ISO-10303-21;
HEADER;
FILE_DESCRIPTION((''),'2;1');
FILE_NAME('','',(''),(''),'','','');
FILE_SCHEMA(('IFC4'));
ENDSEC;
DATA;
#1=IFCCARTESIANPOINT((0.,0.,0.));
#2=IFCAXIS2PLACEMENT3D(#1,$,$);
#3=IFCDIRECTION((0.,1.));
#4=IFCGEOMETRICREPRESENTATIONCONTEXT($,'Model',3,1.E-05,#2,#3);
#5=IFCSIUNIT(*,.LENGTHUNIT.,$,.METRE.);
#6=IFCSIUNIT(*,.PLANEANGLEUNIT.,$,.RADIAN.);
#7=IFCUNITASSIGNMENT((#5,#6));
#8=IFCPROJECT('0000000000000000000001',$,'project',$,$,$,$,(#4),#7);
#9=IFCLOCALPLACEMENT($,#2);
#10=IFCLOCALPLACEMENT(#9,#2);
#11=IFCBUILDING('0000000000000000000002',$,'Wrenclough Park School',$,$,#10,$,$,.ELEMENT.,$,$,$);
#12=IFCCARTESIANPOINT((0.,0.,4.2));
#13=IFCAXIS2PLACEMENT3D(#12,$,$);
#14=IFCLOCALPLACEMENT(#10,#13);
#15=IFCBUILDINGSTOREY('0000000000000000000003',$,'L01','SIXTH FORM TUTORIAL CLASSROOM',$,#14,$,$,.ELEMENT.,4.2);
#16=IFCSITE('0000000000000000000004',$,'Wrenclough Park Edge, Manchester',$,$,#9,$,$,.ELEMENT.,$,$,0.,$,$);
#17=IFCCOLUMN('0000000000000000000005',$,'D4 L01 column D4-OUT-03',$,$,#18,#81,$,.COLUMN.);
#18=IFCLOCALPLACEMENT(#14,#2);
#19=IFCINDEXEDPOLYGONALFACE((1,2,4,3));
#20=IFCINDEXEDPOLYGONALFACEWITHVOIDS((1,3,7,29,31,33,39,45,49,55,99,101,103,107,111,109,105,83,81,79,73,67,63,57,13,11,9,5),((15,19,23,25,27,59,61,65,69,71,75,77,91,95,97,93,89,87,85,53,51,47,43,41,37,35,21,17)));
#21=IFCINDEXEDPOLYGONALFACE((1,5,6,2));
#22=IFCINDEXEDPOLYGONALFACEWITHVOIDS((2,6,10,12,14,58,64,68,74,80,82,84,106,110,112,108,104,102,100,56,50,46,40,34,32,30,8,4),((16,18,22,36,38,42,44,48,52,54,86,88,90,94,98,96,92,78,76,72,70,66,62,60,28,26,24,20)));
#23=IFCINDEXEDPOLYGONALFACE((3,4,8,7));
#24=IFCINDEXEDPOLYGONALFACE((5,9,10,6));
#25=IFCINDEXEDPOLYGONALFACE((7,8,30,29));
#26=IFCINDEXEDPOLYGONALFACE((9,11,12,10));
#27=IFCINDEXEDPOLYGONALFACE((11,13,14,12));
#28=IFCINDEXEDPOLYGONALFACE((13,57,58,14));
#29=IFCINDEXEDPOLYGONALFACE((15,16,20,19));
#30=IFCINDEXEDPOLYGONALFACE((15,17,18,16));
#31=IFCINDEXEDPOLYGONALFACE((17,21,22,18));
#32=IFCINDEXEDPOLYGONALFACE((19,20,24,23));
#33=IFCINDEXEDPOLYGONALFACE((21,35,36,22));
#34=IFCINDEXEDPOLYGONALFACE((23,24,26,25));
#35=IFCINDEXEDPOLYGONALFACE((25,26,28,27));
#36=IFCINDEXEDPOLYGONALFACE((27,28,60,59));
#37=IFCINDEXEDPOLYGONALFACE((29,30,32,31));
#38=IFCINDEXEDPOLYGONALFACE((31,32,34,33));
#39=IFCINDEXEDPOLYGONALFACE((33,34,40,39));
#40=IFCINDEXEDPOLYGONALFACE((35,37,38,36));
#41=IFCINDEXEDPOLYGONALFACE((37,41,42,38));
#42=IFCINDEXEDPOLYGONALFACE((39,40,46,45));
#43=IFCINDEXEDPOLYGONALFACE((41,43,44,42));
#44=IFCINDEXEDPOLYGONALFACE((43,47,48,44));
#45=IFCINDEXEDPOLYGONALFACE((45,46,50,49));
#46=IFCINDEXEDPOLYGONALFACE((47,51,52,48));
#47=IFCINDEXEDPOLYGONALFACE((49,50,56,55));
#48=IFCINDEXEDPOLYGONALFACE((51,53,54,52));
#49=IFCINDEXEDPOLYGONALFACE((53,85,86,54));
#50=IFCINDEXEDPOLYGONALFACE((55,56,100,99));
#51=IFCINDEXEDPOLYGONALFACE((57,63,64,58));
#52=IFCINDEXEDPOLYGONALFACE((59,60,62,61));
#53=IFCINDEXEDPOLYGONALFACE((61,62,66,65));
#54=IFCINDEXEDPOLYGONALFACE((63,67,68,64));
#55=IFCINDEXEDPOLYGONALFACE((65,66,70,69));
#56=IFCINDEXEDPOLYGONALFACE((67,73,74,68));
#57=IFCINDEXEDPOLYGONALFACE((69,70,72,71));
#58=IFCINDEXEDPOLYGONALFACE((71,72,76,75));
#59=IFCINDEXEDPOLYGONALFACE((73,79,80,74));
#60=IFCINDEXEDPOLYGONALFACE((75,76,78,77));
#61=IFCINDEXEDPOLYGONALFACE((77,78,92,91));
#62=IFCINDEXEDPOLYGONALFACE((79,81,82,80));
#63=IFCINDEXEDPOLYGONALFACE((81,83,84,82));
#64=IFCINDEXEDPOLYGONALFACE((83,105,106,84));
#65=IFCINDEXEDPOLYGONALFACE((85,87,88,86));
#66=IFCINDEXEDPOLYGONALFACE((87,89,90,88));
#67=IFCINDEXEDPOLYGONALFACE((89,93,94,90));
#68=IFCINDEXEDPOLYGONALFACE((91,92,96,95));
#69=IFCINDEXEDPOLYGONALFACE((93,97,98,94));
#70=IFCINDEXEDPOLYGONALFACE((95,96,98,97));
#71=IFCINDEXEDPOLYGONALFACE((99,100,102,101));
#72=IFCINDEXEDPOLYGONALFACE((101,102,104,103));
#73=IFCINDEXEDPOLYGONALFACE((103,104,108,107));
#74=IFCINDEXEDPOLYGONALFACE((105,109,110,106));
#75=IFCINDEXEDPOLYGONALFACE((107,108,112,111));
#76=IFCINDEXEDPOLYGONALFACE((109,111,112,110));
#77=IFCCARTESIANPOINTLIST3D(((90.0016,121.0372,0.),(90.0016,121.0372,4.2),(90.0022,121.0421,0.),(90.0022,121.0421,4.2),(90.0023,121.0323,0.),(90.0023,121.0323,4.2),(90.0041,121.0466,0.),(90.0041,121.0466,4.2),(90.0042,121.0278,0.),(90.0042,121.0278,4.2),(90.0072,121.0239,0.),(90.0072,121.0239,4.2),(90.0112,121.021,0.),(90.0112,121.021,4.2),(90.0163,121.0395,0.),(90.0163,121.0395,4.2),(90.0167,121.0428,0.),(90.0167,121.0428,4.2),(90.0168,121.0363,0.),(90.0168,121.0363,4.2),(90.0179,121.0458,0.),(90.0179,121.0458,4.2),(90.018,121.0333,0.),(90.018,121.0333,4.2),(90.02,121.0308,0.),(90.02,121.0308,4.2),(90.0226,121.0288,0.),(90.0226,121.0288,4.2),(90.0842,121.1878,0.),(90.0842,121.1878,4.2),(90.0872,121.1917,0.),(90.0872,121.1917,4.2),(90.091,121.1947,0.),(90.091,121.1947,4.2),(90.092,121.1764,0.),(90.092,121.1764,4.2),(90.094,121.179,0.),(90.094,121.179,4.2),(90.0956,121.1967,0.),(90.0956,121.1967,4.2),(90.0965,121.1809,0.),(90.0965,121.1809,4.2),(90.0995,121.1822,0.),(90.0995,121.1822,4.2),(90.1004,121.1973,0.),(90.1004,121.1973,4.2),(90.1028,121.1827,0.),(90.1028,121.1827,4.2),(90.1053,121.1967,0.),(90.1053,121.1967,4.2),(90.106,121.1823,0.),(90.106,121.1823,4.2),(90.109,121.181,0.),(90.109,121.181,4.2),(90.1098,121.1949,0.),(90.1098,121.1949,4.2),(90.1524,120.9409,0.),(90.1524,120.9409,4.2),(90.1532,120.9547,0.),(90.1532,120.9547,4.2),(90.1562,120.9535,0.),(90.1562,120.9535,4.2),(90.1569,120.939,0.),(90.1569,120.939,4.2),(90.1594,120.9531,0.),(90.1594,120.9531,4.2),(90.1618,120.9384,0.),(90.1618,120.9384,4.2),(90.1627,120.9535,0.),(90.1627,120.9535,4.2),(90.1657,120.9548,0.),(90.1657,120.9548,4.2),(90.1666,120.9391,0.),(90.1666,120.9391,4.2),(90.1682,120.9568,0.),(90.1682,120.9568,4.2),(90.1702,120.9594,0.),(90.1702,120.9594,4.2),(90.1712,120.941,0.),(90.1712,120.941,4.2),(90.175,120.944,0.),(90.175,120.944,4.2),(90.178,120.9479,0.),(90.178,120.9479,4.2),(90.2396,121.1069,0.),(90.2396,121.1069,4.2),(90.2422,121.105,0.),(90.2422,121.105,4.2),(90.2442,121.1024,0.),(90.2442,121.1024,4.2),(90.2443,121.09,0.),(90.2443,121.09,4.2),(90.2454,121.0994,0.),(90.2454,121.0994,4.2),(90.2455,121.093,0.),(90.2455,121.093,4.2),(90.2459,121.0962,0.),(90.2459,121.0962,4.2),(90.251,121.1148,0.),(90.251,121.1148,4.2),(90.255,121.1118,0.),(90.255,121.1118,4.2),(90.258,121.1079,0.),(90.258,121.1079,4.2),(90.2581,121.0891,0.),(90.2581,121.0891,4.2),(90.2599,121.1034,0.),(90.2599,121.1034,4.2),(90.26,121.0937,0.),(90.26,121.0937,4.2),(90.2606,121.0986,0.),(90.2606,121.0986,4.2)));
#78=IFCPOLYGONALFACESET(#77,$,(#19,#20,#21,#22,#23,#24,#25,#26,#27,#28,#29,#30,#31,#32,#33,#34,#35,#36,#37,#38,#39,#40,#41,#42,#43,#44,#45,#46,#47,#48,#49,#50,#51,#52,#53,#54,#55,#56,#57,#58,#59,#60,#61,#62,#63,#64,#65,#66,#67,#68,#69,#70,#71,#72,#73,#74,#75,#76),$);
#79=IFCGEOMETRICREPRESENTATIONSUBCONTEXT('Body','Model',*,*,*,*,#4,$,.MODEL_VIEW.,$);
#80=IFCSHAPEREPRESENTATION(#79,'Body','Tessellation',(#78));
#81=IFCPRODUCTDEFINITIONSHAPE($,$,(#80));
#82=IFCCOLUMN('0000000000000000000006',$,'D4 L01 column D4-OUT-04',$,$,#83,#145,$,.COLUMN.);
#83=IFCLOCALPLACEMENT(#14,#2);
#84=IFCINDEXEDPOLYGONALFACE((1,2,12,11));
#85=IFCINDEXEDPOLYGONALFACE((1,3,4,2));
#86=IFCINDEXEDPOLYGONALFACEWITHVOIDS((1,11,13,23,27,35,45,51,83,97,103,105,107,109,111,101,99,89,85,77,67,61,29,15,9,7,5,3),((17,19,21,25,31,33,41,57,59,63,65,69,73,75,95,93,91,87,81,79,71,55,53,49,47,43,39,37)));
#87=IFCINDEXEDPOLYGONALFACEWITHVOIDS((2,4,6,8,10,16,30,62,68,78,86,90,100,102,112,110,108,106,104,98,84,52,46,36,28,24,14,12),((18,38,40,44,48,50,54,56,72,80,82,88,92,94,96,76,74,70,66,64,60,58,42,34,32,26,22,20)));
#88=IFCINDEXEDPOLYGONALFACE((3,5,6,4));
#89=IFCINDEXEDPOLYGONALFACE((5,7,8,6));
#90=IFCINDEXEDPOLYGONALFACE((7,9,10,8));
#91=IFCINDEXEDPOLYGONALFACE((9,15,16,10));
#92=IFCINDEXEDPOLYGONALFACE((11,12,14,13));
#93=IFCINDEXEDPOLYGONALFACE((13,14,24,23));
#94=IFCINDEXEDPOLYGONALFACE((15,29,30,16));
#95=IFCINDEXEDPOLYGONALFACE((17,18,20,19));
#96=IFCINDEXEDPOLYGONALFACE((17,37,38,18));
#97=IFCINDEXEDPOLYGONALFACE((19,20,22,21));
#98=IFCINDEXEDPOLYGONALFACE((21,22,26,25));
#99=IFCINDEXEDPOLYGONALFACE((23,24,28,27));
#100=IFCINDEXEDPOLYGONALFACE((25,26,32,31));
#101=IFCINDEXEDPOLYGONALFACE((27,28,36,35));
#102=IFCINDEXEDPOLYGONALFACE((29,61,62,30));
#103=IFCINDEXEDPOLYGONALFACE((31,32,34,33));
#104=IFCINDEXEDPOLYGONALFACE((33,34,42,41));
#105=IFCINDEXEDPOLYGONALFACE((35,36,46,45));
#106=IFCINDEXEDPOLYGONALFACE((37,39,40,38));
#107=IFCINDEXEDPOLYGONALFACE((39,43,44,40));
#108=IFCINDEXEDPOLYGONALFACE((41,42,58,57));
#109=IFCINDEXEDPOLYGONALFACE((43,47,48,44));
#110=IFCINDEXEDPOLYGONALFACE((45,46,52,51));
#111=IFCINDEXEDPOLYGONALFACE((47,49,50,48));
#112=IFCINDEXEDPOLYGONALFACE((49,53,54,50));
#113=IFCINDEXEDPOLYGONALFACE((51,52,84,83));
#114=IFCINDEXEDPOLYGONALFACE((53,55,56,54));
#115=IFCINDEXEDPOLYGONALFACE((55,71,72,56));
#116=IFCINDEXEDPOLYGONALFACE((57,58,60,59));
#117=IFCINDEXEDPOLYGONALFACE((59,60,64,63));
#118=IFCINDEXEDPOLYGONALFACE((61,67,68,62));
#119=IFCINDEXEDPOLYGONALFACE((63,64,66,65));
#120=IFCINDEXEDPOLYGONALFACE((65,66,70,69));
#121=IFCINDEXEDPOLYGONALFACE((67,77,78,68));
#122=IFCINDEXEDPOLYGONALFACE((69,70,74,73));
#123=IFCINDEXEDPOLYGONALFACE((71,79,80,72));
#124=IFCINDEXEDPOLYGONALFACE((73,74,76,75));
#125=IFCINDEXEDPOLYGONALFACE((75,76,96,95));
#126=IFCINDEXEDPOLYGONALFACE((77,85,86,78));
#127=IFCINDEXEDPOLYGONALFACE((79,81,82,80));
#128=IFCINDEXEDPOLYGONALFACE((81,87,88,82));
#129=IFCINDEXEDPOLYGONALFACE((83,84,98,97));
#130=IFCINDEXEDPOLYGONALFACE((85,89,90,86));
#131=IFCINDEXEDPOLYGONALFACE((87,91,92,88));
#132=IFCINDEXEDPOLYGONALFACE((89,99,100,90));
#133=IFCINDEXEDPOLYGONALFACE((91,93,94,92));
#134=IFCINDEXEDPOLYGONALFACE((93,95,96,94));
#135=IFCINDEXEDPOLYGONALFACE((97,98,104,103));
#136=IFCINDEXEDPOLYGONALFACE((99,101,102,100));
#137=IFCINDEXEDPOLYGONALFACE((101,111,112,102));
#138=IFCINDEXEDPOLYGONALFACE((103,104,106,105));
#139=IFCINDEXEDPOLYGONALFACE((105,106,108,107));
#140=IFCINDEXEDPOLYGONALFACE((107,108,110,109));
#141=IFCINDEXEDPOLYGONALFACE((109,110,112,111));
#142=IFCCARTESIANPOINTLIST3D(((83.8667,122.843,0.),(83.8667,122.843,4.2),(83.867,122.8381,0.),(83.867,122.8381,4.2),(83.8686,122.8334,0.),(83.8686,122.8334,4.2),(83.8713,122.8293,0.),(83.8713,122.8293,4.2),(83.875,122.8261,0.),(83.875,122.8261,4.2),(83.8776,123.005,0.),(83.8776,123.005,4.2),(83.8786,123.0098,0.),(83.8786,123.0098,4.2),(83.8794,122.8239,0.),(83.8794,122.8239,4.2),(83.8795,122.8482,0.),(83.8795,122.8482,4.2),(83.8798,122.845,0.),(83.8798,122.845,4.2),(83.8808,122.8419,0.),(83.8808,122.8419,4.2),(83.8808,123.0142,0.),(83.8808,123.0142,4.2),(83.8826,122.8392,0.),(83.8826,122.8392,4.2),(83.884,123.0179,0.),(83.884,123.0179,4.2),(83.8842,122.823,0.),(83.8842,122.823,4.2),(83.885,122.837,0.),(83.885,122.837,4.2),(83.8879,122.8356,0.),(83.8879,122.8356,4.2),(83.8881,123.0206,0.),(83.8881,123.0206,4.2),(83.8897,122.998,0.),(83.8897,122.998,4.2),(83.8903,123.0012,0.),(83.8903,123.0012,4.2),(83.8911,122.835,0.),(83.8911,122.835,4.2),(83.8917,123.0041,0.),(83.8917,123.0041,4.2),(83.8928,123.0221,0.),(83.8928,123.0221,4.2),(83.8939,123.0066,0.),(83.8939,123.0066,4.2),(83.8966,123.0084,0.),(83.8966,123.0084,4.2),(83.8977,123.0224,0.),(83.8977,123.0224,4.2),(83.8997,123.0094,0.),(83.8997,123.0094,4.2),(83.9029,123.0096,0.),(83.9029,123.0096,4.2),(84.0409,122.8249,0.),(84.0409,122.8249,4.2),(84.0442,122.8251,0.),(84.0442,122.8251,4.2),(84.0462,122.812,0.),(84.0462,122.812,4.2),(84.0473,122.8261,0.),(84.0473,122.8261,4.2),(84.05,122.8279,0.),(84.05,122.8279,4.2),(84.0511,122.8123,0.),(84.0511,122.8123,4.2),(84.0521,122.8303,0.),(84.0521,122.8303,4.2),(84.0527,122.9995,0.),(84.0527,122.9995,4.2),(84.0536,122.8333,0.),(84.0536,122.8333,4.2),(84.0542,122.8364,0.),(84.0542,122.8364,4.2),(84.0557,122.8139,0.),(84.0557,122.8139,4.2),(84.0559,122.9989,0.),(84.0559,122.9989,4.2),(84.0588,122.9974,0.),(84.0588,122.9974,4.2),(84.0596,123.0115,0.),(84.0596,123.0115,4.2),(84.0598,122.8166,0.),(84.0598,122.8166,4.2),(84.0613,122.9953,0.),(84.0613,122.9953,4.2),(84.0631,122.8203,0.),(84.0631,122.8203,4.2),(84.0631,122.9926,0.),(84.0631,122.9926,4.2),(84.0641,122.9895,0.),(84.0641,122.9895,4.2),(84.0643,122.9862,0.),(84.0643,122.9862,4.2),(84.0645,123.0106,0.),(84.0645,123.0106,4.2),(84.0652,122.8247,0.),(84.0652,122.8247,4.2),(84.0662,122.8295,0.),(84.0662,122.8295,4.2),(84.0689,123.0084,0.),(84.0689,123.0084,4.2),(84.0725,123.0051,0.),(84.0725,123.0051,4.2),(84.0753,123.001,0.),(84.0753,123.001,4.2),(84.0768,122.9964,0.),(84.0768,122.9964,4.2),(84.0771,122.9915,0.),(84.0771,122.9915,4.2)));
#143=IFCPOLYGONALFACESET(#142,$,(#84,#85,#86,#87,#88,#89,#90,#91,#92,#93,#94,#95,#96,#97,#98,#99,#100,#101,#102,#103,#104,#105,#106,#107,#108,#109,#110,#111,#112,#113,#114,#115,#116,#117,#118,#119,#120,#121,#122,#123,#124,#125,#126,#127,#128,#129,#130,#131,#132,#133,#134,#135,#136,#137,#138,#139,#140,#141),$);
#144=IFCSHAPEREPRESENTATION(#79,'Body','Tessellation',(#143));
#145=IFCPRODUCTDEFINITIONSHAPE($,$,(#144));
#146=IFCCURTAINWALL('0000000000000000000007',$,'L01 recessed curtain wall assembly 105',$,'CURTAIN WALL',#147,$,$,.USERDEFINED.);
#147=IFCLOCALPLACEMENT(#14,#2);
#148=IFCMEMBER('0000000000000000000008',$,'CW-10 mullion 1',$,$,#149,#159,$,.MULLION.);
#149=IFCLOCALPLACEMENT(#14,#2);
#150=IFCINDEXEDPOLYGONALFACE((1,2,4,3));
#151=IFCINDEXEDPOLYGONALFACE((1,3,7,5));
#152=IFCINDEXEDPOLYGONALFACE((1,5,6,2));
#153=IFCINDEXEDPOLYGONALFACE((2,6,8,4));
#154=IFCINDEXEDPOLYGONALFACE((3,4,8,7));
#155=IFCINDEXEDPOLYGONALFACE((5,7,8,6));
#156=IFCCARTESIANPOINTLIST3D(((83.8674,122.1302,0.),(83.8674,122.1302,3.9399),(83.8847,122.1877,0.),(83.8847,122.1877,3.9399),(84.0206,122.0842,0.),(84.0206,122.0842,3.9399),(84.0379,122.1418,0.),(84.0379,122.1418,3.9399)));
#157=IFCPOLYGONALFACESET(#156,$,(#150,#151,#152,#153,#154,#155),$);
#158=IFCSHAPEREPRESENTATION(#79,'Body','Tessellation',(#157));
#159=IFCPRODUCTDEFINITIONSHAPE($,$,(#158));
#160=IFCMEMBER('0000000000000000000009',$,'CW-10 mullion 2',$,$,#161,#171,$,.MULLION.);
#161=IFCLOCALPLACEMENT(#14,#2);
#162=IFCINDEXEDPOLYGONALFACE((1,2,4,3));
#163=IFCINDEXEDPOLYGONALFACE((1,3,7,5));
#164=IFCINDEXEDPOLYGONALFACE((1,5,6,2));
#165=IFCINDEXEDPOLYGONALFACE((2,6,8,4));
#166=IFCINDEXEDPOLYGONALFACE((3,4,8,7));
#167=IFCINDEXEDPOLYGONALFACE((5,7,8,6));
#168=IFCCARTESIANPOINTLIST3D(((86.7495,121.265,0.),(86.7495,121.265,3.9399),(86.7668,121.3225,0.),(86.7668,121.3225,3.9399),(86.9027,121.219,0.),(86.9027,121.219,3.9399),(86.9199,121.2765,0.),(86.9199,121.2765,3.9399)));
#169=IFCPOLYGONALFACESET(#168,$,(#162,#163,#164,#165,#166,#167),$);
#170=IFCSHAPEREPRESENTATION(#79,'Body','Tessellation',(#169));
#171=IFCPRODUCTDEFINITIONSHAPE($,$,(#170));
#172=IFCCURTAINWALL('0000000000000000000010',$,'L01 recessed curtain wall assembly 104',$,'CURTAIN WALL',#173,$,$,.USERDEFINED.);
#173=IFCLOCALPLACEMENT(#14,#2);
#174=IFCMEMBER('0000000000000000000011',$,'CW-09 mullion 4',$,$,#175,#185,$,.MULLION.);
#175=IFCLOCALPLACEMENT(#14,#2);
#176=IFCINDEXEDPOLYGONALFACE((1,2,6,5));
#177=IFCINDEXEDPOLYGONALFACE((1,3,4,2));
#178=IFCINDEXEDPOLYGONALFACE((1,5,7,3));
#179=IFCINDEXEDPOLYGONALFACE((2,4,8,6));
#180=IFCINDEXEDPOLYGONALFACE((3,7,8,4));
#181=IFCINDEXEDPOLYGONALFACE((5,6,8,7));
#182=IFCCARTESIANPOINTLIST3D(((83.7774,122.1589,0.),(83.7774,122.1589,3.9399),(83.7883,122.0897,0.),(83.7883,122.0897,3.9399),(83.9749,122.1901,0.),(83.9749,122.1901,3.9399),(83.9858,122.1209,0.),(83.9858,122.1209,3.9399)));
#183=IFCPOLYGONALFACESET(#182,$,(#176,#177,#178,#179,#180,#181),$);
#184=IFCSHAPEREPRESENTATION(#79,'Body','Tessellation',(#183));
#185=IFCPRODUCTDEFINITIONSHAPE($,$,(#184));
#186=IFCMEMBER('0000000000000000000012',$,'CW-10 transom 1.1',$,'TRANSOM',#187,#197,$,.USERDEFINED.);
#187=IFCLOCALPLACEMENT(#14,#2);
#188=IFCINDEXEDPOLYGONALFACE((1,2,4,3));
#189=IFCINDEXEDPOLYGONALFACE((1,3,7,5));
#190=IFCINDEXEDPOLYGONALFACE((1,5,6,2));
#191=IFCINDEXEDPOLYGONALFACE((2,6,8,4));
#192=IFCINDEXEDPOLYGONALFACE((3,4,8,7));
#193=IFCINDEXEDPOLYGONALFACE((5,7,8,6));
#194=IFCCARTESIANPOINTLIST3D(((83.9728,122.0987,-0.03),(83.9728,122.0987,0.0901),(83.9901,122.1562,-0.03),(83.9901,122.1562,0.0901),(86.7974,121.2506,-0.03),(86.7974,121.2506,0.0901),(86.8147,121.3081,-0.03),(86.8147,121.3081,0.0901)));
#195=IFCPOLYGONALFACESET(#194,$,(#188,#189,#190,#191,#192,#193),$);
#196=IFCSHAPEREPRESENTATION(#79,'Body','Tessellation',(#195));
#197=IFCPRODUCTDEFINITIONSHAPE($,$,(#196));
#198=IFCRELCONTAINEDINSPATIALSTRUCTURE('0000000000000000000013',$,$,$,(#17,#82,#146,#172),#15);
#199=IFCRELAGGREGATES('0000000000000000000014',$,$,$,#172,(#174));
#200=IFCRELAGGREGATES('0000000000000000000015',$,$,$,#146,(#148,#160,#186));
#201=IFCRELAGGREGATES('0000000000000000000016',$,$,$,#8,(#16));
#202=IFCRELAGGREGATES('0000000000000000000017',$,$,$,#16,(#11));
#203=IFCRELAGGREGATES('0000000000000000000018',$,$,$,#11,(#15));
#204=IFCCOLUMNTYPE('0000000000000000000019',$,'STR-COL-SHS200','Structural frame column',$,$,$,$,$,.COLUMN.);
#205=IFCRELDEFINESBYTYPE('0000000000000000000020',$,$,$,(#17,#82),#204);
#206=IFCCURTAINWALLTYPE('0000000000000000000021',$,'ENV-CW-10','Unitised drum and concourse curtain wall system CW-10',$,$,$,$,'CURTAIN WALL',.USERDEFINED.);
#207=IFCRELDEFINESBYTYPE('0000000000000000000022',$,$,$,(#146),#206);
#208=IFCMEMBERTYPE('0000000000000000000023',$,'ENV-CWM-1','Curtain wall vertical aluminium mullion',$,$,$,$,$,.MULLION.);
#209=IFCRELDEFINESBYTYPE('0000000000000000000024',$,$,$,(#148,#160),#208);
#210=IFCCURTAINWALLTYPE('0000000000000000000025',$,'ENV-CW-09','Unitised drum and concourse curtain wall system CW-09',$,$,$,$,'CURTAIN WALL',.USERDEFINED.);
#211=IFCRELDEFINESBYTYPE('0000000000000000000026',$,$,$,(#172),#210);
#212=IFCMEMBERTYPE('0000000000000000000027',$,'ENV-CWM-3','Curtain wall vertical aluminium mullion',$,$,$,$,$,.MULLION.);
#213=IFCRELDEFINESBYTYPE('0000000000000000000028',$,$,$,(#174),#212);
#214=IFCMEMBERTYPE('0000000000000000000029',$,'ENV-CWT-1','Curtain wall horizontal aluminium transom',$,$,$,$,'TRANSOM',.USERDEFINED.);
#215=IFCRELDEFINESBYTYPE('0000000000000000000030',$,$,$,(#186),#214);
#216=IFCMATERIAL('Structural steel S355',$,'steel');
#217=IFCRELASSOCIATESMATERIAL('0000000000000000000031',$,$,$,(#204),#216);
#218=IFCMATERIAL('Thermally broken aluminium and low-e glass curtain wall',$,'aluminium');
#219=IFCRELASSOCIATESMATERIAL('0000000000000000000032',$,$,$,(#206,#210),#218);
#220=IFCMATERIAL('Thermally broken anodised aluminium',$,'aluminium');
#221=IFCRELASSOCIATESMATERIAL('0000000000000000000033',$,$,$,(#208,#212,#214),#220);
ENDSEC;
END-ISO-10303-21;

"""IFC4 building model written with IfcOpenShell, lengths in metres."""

from ifc_helpers import new_model, si_unit, direction, frame, origin, origin_2d, place, context, subcontext, project, spatial, rectangle, hollow_rectangle, extrude, material, material_profile, profile_set, type_object, element, aggregate, save


model = new_model("IFC4")

# Units and contexts
model_context = context("Model", 3, precision=1e-05, world=origin(), true_north=direction((0.0, 1.0)))
body_context = subcontext(model_context, "Body", "Model", "MODEL_VIEW")
ifc_project = project(units=[si_unit("LENGTHUNIT", "METRE"), si_unit("PLANEANGLEUNIT", "RADIAN")], contexts=[model_context])

# Site, building, storey
site_placement = place(None, origin())
site = spatial("IfcSite", under=ifc_project, at=site_placement, Name="Wrenclough Park Edge, Manchester", CompositionType="ELEMENT", RefElevation=0.0)
building_placement = place(site_placement, origin())
building = spatial("IfcBuilding", under=site, at=building_placement, Name="Wrenclough Park School", CompositionType="ELEMENT")
storey_placement = place(building_placement, frame((0.0, 0.0, 4.2)))
storey = spatial("IfcBuildingStorey", under=building, at=storey_placement, Name="L01", Description="SIXTH FORM TUTORIAL CLASSROOM", CompositionType="ELEMENT", Elevation=4.2)

# Columns
ifc_material_1 = material(Name="Structural steel S355", Category="steel")
ifc_material_profile_1 = material_profile(ifc_material_1, hollow_rectangle(XDim=0.2, YDim=0.2, WallThickness=0.0125, InnerFilletRadius=0.0125, OuterFilletRadius=0.0188, at=origin_2d()), Name="SHS 200x200x12.5")
ifc_profile_set_1 = profile_set([ifc_material_profile_1], Name="Structural steel S355")
column_type = type_object("IfcColumnType", Name="STR-COL-SHS200", Description="Structural frame column", PredefinedType="COLUMN", material=ifc_profile_set_1)
for number, where, z_axis, x_axis, name in (
    (1, (90.1311, 121.0679, 0.0), (0.0, 0.0, 1.0), (-0.869753, 0.493487, 0.0), "D4 L01 column D4-OUT-03"),
    (2, (83.9719, 122.9172, 0.0), (0.0, 0.0, 1.0), (-0.997732, 0.067319, 0.0), "D4 L01 column D4-OUT-04"),
):
    element("IfcColumn", number, at=place(storey_placement, frame(where, z_axis=z_axis, x_axis=x_axis)), inside=storey, type_object=column_type, Name=name, PredefinedType="COLUMN", context=body_context, shape_type="SweptSolid", body=[
        extrude(hollow_rectangle(XDim=0.2, YDim=0.2, WallThickness=0.0125, InnerFilletRadius=0.0125, OuterFilletRadius=0.0188, at=origin_2d()), origin(), (0.0, 0.0, 1.0), 4.2),
    ])

# Curtain wall, members
ifc_material_2 = material(Name="Thermally broken aluminium and low-e glass curtain wall", Category="aluminium")
curtain_wall_type_1 = type_object("IfcCurtainWallType", Name="ENV-CW-10", Description="Unitised drum and concourse curtain wall system CW-10", ElementType="CURTAIN WALL", PredefinedType="USERDEFINED", material=ifc_material_2)
curtain_wall_1_placement = place(storey_placement, origin())
curtain_wall_1 = element("IfcCurtainWall", 3, at=curtain_wall_1_placement, inside=storey, type_object=curtain_wall_type_1, Name="L01 recessed curtain wall assembly 105", ObjectType="CURTAIN WALL", PredefinedType="USERDEFINED")
ifc_material_3 = material(Name="Thermally broken anodised aluminium", Category="aluminium")
ifc_material_profile_2 = material_profile(ifc_material_3, rectangle(XDim=0.0601, YDim=0.1599, at=origin_2d()), Name="AL MULLION 60x160")
ifc_profile_set_2 = profile_set([ifc_material_profile_2], Name="Thermally broken anodised aluminium")
member_type_1 = type_object("IfcMemberType", Name="ENV-CWM-1", Description="Curtain wall vertical aluminium mullion", PredefinedType="MULLION", material=ifc_profile_set_2)
member_1_placement = place(storey_placement, frame((83.9526, 122.136, 0.0), z_axis=(0.0, 0.0, 1.0), x_axis=(0.287583, 0.957756, 0.0)))
member_1 = element("IfcMember", 4, at=member_1_placement, type_object=member_type_1, Name="CW-10 mullion 1", PredefinedType="MULLION", context=body_context, shape_type="SweptSolid", body=[
    extrude(rectangle(XDim=0.0601, YDim=0.1599, at=origin_2d()), origin(), (0.0, 0.0, 1.0), 3.9399),
])
member_2_placement = place(storey_placement, frame((86.8347, 121.2708, 0.0), z_axis=(0.0, 0.0, 1.0), x_axis=(0.287583, 0.957756, 0.0)))
member_2 = element("IfcMember", 5, at=member_2_placement, type_object=member_type_1, Name="CW-10 mullion 2", PredefinedType="MULLION", context=body_context, shape_type="SweptSolid", body=[
    extrude(rectangle(XDim=0.0601, YDim=0.1599, at=origin_2d()), origin(), (0.0, 0.0, 1.0), 3.9399),
])

# Curtain wall, member
curtain_wall_type_2 = type_object("IfcCurtainWallType", Name="ENV-CW-09", Description="Unitised drum and concourse curtain wall system CW-09", ElementType="CURTAIN WALL", PredefinedType="USERDEFINED", material=ifc_material_2)
curtain_wall_2_placement = place(storey_placement, origin())
curtain_wall_2 = element("IfcCurtainWall", 6, at=curtain_wall_2_placement, inside=storey, type_object=curtain_wall_type_2, Name="L01 recessed curtain wall assembly 104", ObjectType="CURTAIN WALL", PredefinedType="USERDEFINED")
ifc_material_profile_3 = material_profile(ifc_material_3, rectangle(XDim=0.0701, YDim=0.2, at=origin_2d()), Name="AL MULLION 70x200")
ifc_profile_set_3 = profile_set([ifc_material_profile_3], Name="Thermally broken anodised aluminium")
member_type_2 = type_object("IfcMemberType", Name="ENV-CWM-3", Description="Curtain wall vertical aluminium mullion", PredefinedType="MULLION", material=ifc_profile_set_3)
member_3_placement = place(storey_placement, frame((83.8816, 122.1399, 0.0), z_axis=(0.0, 0.0, 1.0), x_axis=(-0.156425, 0.98769, 0.0)))
member_3 = element("IfcMember", 7, at=member_3_placement, type_object=member_type_2, Name="CW-09 mullion 4", PredefinedType="MULLION", context=body_context, shape_type="SweptSolid", body=[
    extrude(rectangle(XDim=0.0701, YDim=0.2, at=origin_2d()), origin(), (0.0, 0.0, 1.0), 3.9399),
])
aggregate(curtain_wall_2, [member_3])

# Member
ifc_material_profile_4 = material_profile(ifc_material_3, rectangle(XDim=0.0601, YDim=0.1201, at=origin_2d()), Name="AL TRANSOM 60x120")
ifc_profile_set_4 = profile_set([ifc_material_profile_4], Name="Thermally broken anodised aluminium")
member_type_3 = type_object("IfcMemberType", Name="ENV-CWT-1", Description="Curtain wall horizontal aluminium transom", ElementType="TRANSOM", PredefinedType="USERDEFINED", material=ifc_profile_set_4)
member_4_placement = place(storey_placement, frame((83.9814, 122.1274, 0.03), z_axis=(0.957758, -0.287576, 0.0), x_axis=(0.287576, 0.957758, 0.0)))
member_4 = element("IfcMember", 8, at=member_4_placement, type_object=member_type_3, Name="CW-10 transom 1.1", ObjectType="TRANSOM", PredefinedType="USERDEFINED", context=body_context, shape_type="SweptSolid", body=[
    extrude(rectangle(XDim=0.0601, YDim=0.1201, at=origin_2d()), origin(), (0.0, 0.0, 1.0), 2.9492),
])

aggregate(curtain_wall_1, [member_1, member_2, member_4])

save(model, "model.ifc")
